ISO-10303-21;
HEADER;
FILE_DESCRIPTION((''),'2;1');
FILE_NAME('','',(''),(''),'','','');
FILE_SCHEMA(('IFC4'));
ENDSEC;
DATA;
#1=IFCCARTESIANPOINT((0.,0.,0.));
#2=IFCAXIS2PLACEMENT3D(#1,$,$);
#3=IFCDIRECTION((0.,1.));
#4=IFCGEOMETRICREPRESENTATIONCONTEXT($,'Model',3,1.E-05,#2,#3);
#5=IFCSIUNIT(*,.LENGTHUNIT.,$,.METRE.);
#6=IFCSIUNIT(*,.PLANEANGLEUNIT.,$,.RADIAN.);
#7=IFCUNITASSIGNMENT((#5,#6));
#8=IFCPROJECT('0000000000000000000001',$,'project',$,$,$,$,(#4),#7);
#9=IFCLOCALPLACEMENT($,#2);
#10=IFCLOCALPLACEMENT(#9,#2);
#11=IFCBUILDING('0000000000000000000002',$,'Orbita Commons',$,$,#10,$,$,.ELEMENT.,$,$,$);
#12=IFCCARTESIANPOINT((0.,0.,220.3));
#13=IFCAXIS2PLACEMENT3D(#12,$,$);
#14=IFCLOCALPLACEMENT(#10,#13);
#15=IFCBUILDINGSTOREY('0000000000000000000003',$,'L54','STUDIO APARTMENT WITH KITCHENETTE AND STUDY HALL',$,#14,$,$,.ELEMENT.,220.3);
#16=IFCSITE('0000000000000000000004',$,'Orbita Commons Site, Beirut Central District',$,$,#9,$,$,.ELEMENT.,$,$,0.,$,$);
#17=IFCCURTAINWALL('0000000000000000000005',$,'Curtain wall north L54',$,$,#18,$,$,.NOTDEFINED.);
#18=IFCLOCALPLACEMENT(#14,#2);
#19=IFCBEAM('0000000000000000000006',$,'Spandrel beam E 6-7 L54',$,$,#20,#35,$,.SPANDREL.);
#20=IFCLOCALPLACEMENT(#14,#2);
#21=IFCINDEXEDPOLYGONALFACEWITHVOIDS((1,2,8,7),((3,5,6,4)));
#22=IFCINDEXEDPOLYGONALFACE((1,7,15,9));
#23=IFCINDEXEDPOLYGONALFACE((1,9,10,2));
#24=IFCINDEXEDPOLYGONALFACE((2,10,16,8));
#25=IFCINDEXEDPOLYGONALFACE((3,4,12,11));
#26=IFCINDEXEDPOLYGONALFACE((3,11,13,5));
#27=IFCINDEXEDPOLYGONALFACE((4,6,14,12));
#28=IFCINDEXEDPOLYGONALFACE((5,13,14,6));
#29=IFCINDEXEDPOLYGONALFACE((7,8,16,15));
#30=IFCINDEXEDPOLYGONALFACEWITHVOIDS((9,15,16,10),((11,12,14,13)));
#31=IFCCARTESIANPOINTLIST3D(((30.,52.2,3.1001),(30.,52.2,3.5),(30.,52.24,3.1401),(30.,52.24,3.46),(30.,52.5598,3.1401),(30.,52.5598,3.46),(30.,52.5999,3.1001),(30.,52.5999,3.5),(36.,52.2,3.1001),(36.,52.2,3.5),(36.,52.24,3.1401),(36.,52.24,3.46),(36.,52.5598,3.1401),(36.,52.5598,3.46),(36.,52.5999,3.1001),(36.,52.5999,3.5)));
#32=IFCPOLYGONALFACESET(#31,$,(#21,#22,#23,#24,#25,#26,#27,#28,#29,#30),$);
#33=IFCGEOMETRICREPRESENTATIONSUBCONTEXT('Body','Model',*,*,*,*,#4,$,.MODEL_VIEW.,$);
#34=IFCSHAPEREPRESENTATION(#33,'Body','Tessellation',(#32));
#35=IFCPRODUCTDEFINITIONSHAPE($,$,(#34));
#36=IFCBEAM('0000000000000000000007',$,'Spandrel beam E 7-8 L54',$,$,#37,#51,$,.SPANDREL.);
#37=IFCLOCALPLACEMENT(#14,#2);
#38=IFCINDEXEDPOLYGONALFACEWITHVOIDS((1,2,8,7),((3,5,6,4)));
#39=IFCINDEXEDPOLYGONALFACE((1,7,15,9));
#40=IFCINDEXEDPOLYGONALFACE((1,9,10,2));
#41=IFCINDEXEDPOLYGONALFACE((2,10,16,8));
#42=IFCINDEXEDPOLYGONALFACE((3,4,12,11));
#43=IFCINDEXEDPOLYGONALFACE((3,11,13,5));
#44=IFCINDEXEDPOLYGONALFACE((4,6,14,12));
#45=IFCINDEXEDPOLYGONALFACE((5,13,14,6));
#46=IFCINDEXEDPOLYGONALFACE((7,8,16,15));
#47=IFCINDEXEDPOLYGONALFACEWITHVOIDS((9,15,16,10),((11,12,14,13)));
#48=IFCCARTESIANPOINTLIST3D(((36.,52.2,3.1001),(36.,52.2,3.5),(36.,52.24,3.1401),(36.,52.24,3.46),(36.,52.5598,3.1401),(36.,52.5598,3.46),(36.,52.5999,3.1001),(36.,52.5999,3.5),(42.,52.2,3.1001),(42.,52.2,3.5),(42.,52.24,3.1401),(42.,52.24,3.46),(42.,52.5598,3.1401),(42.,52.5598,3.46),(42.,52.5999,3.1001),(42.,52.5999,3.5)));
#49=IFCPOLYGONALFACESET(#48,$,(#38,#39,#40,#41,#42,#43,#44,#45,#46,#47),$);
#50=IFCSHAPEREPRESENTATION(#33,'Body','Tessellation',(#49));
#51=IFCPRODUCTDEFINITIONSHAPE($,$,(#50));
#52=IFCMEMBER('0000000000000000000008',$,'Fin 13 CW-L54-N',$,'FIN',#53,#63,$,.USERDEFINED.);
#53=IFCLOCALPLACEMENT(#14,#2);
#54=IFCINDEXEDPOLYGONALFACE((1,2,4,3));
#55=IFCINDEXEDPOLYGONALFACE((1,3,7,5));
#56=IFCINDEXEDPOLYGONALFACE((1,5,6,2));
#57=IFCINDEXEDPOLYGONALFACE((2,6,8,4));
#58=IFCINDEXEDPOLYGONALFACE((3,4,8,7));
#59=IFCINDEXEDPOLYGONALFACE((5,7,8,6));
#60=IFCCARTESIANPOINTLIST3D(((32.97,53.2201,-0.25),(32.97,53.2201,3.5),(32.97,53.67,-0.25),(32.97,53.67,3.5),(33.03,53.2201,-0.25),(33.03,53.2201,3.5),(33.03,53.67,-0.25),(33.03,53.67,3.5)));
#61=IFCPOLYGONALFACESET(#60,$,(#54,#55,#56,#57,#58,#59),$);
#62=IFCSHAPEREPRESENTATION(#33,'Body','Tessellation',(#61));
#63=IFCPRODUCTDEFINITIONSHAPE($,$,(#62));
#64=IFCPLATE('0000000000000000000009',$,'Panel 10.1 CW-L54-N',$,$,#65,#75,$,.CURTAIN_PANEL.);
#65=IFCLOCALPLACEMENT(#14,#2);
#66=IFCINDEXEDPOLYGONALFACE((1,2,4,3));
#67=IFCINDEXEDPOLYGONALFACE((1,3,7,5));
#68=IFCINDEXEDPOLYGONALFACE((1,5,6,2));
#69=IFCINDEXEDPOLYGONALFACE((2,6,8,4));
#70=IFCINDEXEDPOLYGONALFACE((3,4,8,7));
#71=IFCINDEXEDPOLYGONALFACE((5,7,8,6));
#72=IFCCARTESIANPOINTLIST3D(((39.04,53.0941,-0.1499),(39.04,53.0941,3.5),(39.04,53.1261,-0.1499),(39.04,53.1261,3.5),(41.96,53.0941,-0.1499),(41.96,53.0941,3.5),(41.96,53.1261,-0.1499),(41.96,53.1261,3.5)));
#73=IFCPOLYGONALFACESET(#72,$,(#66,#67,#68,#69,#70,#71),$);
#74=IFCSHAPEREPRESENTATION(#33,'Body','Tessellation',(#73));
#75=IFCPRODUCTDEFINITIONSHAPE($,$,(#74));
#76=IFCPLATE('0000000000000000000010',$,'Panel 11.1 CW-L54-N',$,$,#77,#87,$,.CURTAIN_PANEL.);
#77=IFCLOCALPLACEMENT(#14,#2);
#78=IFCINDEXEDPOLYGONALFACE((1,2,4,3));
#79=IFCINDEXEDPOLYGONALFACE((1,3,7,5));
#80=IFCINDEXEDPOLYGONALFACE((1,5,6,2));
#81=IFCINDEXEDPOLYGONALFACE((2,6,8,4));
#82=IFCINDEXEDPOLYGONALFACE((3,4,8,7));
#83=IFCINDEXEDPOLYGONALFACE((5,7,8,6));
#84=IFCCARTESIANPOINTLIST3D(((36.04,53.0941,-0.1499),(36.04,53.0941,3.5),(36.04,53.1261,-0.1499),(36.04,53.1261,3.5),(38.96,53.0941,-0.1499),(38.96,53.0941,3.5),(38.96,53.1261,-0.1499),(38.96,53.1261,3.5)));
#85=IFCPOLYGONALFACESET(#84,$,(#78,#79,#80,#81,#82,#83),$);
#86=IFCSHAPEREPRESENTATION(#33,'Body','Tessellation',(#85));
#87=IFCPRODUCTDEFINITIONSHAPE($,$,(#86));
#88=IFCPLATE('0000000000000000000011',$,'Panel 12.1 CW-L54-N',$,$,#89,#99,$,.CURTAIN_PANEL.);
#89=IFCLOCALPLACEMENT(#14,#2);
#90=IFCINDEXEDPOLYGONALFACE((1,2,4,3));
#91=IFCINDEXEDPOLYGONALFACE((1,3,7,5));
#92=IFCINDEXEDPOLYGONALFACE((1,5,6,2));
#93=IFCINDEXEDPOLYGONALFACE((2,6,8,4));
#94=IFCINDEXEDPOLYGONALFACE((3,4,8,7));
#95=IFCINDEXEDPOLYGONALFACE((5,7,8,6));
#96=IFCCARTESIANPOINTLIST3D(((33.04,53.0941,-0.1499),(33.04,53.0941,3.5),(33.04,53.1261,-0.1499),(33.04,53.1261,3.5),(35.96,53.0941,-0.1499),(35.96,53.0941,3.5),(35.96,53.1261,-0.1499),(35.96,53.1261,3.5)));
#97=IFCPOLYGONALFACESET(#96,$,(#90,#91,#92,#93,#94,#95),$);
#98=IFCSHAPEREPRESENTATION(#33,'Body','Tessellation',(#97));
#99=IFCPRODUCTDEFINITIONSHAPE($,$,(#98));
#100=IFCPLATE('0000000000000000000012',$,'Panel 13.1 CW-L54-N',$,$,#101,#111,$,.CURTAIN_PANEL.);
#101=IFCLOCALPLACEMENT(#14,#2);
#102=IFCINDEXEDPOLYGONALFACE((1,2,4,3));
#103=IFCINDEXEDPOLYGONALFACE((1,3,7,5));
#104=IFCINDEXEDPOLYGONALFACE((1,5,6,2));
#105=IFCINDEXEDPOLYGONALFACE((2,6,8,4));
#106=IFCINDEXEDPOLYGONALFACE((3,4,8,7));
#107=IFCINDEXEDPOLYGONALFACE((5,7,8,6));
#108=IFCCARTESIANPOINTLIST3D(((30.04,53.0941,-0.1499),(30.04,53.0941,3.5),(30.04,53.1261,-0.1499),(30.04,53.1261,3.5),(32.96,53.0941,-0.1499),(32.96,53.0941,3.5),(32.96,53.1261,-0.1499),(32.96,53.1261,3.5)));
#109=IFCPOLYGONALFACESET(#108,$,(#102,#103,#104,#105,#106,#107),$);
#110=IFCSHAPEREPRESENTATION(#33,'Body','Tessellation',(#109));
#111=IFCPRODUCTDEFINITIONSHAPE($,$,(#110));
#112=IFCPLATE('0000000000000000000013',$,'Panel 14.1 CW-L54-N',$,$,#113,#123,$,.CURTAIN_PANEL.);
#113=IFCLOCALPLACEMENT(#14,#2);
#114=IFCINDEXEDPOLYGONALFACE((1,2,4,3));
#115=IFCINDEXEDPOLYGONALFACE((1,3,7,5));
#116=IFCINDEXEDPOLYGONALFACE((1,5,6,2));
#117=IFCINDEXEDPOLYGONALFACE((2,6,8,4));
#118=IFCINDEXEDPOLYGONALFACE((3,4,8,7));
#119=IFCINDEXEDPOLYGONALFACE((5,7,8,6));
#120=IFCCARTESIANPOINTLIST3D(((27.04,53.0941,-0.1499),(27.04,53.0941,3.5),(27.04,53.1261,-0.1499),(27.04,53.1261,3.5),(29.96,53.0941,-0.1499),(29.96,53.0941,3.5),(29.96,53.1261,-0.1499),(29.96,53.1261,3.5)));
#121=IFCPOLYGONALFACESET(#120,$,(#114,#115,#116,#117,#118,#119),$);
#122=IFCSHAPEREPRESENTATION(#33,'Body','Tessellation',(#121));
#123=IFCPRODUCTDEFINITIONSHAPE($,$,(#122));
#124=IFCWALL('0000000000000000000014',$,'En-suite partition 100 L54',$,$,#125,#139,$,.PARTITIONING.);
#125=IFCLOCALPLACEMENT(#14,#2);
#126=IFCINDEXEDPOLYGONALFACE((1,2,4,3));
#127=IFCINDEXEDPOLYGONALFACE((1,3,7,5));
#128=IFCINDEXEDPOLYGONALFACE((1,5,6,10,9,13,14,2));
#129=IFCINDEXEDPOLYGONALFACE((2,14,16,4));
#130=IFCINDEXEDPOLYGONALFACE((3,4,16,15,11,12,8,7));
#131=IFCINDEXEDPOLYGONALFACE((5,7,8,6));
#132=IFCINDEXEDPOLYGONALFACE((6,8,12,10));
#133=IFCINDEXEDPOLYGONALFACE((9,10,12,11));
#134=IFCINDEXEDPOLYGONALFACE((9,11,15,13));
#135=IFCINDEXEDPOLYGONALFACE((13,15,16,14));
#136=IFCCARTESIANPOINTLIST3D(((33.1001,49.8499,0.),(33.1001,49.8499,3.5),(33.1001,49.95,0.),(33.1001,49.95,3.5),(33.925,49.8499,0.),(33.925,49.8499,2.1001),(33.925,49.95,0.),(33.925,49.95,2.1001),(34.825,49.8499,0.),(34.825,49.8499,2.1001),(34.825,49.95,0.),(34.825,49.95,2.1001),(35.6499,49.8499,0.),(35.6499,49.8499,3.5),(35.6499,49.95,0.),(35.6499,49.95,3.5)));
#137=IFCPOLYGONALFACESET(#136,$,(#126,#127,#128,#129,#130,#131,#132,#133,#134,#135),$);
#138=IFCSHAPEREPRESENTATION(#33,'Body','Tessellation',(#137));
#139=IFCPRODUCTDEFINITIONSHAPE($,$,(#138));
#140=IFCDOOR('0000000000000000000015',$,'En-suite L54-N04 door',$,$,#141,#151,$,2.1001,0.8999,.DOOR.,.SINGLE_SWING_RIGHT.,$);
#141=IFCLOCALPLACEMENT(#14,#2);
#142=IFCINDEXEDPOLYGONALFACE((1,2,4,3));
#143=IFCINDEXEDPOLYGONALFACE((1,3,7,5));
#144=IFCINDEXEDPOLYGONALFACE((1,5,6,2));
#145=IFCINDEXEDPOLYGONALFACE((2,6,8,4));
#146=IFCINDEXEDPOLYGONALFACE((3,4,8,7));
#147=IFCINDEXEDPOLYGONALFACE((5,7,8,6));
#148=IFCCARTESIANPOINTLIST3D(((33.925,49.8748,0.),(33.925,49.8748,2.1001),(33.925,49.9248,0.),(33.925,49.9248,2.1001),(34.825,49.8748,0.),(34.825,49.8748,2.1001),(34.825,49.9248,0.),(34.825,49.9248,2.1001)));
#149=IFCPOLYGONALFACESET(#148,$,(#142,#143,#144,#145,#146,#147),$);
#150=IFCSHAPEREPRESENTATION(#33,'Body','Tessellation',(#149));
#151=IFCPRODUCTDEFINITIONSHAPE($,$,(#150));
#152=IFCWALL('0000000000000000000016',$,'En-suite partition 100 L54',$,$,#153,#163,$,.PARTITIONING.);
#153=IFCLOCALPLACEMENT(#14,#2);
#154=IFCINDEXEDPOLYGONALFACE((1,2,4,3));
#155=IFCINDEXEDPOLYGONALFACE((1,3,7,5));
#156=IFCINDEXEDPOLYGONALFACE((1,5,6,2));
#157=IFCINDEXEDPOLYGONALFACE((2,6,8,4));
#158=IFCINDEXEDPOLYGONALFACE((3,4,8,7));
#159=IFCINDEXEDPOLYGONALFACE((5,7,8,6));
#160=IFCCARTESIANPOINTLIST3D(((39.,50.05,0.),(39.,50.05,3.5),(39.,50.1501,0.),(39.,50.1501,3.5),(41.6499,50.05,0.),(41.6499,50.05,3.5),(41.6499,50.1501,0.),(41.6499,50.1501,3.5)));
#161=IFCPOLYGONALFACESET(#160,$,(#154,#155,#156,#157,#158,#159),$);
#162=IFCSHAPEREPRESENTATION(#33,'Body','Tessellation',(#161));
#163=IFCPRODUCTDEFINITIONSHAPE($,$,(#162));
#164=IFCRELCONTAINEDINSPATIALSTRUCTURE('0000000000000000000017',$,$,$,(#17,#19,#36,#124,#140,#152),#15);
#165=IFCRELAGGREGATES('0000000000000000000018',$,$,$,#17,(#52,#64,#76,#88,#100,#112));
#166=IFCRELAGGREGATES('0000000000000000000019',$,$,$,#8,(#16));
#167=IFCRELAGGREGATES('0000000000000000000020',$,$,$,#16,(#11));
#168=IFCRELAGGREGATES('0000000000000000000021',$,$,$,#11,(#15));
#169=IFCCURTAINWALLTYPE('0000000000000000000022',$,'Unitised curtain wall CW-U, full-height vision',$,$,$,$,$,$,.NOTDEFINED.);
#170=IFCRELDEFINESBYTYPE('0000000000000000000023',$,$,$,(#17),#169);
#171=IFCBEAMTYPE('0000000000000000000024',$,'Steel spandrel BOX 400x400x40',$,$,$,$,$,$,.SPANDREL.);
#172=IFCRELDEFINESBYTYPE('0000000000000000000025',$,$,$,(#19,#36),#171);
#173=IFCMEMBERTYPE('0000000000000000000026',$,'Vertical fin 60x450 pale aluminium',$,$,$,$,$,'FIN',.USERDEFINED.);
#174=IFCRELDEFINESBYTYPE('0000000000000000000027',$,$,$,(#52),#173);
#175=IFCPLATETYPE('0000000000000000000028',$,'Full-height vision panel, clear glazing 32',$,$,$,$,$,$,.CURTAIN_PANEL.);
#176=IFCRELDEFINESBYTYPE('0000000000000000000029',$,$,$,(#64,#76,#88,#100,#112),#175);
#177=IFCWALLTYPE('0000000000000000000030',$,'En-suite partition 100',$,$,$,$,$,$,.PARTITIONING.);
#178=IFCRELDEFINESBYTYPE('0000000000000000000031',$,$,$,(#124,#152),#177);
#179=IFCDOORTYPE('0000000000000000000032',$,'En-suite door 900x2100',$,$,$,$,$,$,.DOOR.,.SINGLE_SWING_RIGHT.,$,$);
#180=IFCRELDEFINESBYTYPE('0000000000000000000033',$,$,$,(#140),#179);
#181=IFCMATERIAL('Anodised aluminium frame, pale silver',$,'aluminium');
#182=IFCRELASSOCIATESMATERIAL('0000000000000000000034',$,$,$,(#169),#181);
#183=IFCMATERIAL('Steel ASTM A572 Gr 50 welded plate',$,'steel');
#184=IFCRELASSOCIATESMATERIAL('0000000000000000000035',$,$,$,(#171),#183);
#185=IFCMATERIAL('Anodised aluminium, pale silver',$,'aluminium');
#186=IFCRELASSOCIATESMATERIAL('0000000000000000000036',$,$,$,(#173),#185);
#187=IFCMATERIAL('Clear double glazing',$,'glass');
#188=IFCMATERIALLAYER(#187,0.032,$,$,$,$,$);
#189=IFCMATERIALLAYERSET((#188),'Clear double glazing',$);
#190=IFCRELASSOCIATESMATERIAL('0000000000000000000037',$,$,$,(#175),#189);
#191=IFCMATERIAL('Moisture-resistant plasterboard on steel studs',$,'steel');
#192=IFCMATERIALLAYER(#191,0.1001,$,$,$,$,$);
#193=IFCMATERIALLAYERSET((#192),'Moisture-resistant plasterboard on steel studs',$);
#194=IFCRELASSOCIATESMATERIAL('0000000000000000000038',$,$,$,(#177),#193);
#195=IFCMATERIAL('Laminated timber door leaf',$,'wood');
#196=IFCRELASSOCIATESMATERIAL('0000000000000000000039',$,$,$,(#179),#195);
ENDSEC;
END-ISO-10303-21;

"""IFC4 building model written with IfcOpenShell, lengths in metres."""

from ifc_helpers import new_model, si_unit, direction, frame, frame_2d, origin, origin_2d, place, context, subcontext, project, spatial, rectangle, hollow_rectangle, extrude, material, layer, layer_set, material_profile, profile_set, type_object, element, fill, aggregate, save


model = new_model("IFC4")

# Units and contexts
model_context = context("Model", 3, precision=1e-05, world=origin(), true_north=direction((0.0, 1.0)))
body_context = subcontext(model_context, "Body", "Model", "MODEL_VIEW")
ifc_project = project(units=[si_unit("LENGTHUNIT", "METRE"), si_unit("PLANEANGLEUNIT", "RADIAN")], contexts=[model_context])

# Site, building, storey
site_placement = place(None, origin())
site = spatial("IfcSite", under=ifc_project, at=site_placement, Name="Orbita Commons Site, Beirut Central District", CompositionType="ELEMENT", RefElevation=0.0)
building_placement = place(site_placement, origin())
building = spatial("IfcBuilding", under=site, at=building_placement, Name="Orbita Commons", CompositionType="ELEMENT")
storey_placement = place(building_placement, frame((0.0, 0.0, 220.3)))
storey = spatial("IfcBuildingStorey", under=building, at=storey_placement, Name="L54", Description="STUDIO APARTMENT WITH KITCHENETTE AND STUDY HALL", CompositionType="ELEMENT", Elevation=220.3)

# Curtain wall
ifc_material_1 = material(Name="Anodised aluminium frame, pale silver", Category="aluminium")
curtain_wall_type = type_object("IfcCurtainWallType", Name="Unitised curtain wall CW-U, full-height vision", PredefinedType="NOTDEFINED", material=ifc_material_1)
curtain_wall_placement = place(storey_placement, origin())
curtain_wall = element("IfcCurtainWall", 1, at=curtain_wall_placement, inside=storey, type_object=curtain_wall_type, Name="Curtain wall north L54", PredefinedType="NOTDEFINED")

# Beams
ifc_material_2 = material(Name="Steel ASTM A572 Gr 50 welded plate", Category="steel")
ifc_material_profile_1 = material_profile(ifc_material_2, hollow_rectangle(XDim=0.3999, YDim=0.3999, WallThickness=0.04, at=origin_2d()), Name="BOX 400x400x40")
ifc_profile_set_1 = profile_set([ifc_material_profile_1], Name="Steel ASTM A572 Gr 50 welded plate")
beam_type = type_object("IfcBeamType", Name="Steel spandrel BOX 400x400x40", PredefinedType="SPANDREL", material=ifc_profile_set_1)
for number, where, z_axis, x_axis, name in (
    (2, (30.0, 52.3999, 3.3), (1.0, 0.0, 0.0), (0.0, 1.0, 0.0), "Spandrel beam E 6-7 L54"),
    (3, (36.0, 52.3999, 3.3), (1.0, 0.0, 0.0), (0.0, 1.0, 0.0), "Spandrel beam E 7-8 L54"),
):
    element("IfcBeam", number, at=place(storey_placement, frame(where, z_axis=z_axis, x_axis=x_axis)), inside=storey, type_object=beam_type, Name=name, PredefinedType="SPANDREL", context=body_context, shape_type="SweptSolid", body=[
        extrude(hollow_rectangle(XDim=0.3999, YDim=0.3999, WallThickness=0.04, at=origin_2d()), origin(), (0.0, 0.0, 1.0), 6.0),
    ])

# Member
ifc_material_3 = material(Name="Anodised aluminium, pale silver", Category="aluminium")
ifc_material_profile_2 = material_profile(ifc_material_3, rectangle(XDim=0.0601, YDim=0.45, at=origin_2d()), Name="FIN 60x450")
ifc_profile_set_2 = profile_set([ifc_material_profile_2], Name="Anodised aluminium, pale silver")
member_type_1 = type_object("IfcMemberType", Name="Vertical fin 60x450 pale aluminium", ElementType="FIN", PredefinedType="USERDEFINED", material=ifc_profile_set_2)
member_1_placement = place(storey_placement, frame((33.0, 53.4451, -0.25), z_axis=(0.0, 0.0, 1.0), x_axis=(-1.0, 0.0, 0.0)))
member_1 = element("IfcMember", 4, at=member_1_placement, type_object=member_type_1, Name="Fin 13 CW-L54-N", ObjectType="FIN", PredefinedType="USERDEFINED", context=body_context, shape_type="SweptSolid", body=[
    extrude(rectangle(XDim=0.0601, YDim=0.45, at=origin_2d()), origin(), (0.0, 0.0, 1.0), 3.75),
])

# Plates
ifc_material_4 = material(Name="Clear double glazing", Category="glass")
ifc_layer_1 = layer(ifc_material_4, 0.032)
ifc_layer_set_1 = layer_set([ifc_layer_1], Name="Clear double glazing")
plate_type = type_object("IfcPlateType", Name="Full-height vision panel, clear glazing 32", PredefinedType="CURTAIN_PANEL", material=ifc_layer_set_1)
plate_1_placement = place(storey_placement, frame((40.5, 53.1101, -0.1499), z_axis=(0.0, 0.0, 1.0), x_axis=(-1.0, 0.0, 0.0)))
plate_1 = element("IfcPlate", 5, at=plate_1_placement, type_object=plate_type, Name="Panel 10.1 CW-L54-N", PredefinedType="CURTAIN_PANEL", context=body_context, shape_type="SweptSolid", body=[
    extrude(rectangle(XDim=2.9199, YDim=0.032, at=origin_2d()), origin(), (0.0, 0.0, 1.0), 3.6499),
])
plate_2_placement = place(storey_placement, frame((37.5, 53.1101, -0.1499), z_axis=(0.0, 0.0, 1.0), x_axis=(-1.0, 0.0, 0.0)))
plate_2 = element("IfcPlate", 6, at=plate_2_placement, type_object=plate_type, Name="Panel 11.1 CW-L54-N", PredefinedType="CURTAIN_PANEL", context=body_context, shape_type="SweptSolid", body=[
    extrude(rectangle(XDim=2.9199, YDim=0.032, at=origin_2d()), origin(), (0.0, 0.0, 1.0), 3.6499),
])
plate_3_placement = place(storey_placement, frame((34.5, 53.1101, -0.1499), z_axis=(0.0, 0.0, 1.0), x_axis=(-1.0, 0.0, 0.0)))
plate_3 = element("IfcPlate", 7, at=plate_3_placement, type_object=plate_type, Name="Panel 12.1 CW-L54-N", PredefinedType="CURTAIN_PANEL", context=body_context, shape_type="SweptSolid", body=[
    extrude(rectangle(XDim=2.9199, YDim=0.032, at=origin_2d()), origin(), (0.0, 0.0, 1.0), 3.6499),
])
plate_4_placement = place(storey_placement, frame((31.5, 53.1101, -0.1499), z_axis=(0.0, 0.0, 1.0), x_axis=(-1.0, 0.0, 0.0)))
plate_4 = element("IfcPlate", 8, at=plate_4_placement, type_object=plate_type, Name="Panel 13.1 CW-L54-N", PredefinedType="CURTAIN_PANEL", context=body_context, shape_type="SweptSolid", body=[
    extrude(rectangle(XDim=2.9199, YDim=0.032, at=origin_2d()), origin(), (0.0, 0.0, 1.0), 3.6499),
])
plate_5_placement = place(storey_placement, frame((28.5, 53.1101, -0.1499), z_axis=(0.0, 0.0, 1.0), x_axis=(-1.0, 0.0, 0.0)))
plate_5 = element("IfcPlate", 9, at=plate_5_placement, type_object=plate_type, Name="Panel 14.1 CW-L54-N", PredefinedType="CURTAIN_PANEL", context=body_context, shape_type="SweptSolid", body=[
    extrude(rectangle(XDim=2.9199, YDim=0.032, at=origin_2d()), origin(), (0.0, 0.0, 1.0), 3.6499),
])
aggregate(curtain_wall, [member_1, plate_1, plate_2, plate_3, plate_4, plate_5])

# Wall, opening, door
ifc_material_5 = material(Name="Moisture-resistant plasterboard on steel studs", Category="steel")
ifc_layer_2 = layer(ifc_material_5, 0.1001)
ifc_layer_set_2 = layer_set([ifc_layer_2], Name="Moisture-resistant plasterboard on steel studs")
wall_type_1 = type_object("IfcWallType", Name="En-suite partition 100", PredefinedType="PARTITIONING", material=ifc_layer_set_2)
wall_1_placement = place(storey_placement, frame((33.1001, 49.8999, 0.0), z_axis=(0.0, 0.0, 1.0), x_axis=(1.0, 0.0, 0.0)))
wall_1 = element("IfcWall", 10, at=wall_1_placement, inside=storey, type_object=wall_type_1, Name="En-suite partition 100 L54", PredefinedType="PARTITIONING", context=body_context, shape_type="SweptSolid", body=[
    extrude(rectangle(XDim=2.5498, YDim=0.1001, at=frame_2d((1.2749, 0.0))), origin(), (0.0, 0.0, 1.0), 3.5),
])
opening_1_placement = place(wall_1_placement, frame((0.825, 0.0, 0.0)))
opening_1 = element("IfcOpeningElement", 11, at=opening_1_placement, cuts=wall_1, PredefinedType="OPENING", context=body_context, shape_type="SweptSolid", body=[
    extrude(rectangle(XDim=0.8999, YDim=2.1001, at=frame_2d((0.45, 1.05))), frame((0.0, 0.0601, 0.0), z_axis=(0.0, -1.0, 0.0), x_axis=(1.0, 0.0, 0.0)), (0.0, 0.0, 1.0), 0.1201),
])
ifc_material_6 = material(Name="Laminated timber door leaf", Category="wood")
door_type_1 = type_object("IfcDoorType", Name="En-suite door 900x2100", OperationType="SINGLE_SWING_RIGHT", PredefinedType="DOOR", material=ifc_material_6)
door_1_placement = place(opening_1_placement, origin())
door_1 = element("IfcDoor", 12, at=door_1_placement, inside=storey, type_object=door_type_1, Name="En-suite L54-N04 door", OperationType="SINGLE_SWING_RIGHT", OverallHeight=2.1001, OverallWidth=0.8999, PredefinedType="DOOR", context=body_context, shape_type="SweptSolid", body=[
    extrude(rectangle(XDim=0.8999, YDim=2.1001, at=frame_2d((0.45, 1.05))), frame((0.0, 0.0249, 0.0), z_axis=(0.0, -1.0, 0.0), x_axis=(1.0, 0.0, 0.0)), (0.0, 0.0, 1.0), 0.05),
])
fill(opening_1, door_1)

# Wall
wall_2_placement = place(storey_placement, frame((39.0, 50.1001, 0.0), z_axis=(0.0, 0.0, 1.0), x_axis=(1.0, 0.0, 0.0)))
element("IfcWall", 13, at=wall_2_placement, inside=storey, type_object=wall_type_1, Name="En-suite partition 100 L54", PredefinedType="PARTITIONING", context=body_context, shape_type="SweptSolid", body=[
    extrude(rectangle(XDim=2.6499, YDim=0.1001, at=frame_2d((1.325, 0.0))), origin(), (0.0, 0.0, 1.0), 3.5),
])

save(model, "model.ifc")
